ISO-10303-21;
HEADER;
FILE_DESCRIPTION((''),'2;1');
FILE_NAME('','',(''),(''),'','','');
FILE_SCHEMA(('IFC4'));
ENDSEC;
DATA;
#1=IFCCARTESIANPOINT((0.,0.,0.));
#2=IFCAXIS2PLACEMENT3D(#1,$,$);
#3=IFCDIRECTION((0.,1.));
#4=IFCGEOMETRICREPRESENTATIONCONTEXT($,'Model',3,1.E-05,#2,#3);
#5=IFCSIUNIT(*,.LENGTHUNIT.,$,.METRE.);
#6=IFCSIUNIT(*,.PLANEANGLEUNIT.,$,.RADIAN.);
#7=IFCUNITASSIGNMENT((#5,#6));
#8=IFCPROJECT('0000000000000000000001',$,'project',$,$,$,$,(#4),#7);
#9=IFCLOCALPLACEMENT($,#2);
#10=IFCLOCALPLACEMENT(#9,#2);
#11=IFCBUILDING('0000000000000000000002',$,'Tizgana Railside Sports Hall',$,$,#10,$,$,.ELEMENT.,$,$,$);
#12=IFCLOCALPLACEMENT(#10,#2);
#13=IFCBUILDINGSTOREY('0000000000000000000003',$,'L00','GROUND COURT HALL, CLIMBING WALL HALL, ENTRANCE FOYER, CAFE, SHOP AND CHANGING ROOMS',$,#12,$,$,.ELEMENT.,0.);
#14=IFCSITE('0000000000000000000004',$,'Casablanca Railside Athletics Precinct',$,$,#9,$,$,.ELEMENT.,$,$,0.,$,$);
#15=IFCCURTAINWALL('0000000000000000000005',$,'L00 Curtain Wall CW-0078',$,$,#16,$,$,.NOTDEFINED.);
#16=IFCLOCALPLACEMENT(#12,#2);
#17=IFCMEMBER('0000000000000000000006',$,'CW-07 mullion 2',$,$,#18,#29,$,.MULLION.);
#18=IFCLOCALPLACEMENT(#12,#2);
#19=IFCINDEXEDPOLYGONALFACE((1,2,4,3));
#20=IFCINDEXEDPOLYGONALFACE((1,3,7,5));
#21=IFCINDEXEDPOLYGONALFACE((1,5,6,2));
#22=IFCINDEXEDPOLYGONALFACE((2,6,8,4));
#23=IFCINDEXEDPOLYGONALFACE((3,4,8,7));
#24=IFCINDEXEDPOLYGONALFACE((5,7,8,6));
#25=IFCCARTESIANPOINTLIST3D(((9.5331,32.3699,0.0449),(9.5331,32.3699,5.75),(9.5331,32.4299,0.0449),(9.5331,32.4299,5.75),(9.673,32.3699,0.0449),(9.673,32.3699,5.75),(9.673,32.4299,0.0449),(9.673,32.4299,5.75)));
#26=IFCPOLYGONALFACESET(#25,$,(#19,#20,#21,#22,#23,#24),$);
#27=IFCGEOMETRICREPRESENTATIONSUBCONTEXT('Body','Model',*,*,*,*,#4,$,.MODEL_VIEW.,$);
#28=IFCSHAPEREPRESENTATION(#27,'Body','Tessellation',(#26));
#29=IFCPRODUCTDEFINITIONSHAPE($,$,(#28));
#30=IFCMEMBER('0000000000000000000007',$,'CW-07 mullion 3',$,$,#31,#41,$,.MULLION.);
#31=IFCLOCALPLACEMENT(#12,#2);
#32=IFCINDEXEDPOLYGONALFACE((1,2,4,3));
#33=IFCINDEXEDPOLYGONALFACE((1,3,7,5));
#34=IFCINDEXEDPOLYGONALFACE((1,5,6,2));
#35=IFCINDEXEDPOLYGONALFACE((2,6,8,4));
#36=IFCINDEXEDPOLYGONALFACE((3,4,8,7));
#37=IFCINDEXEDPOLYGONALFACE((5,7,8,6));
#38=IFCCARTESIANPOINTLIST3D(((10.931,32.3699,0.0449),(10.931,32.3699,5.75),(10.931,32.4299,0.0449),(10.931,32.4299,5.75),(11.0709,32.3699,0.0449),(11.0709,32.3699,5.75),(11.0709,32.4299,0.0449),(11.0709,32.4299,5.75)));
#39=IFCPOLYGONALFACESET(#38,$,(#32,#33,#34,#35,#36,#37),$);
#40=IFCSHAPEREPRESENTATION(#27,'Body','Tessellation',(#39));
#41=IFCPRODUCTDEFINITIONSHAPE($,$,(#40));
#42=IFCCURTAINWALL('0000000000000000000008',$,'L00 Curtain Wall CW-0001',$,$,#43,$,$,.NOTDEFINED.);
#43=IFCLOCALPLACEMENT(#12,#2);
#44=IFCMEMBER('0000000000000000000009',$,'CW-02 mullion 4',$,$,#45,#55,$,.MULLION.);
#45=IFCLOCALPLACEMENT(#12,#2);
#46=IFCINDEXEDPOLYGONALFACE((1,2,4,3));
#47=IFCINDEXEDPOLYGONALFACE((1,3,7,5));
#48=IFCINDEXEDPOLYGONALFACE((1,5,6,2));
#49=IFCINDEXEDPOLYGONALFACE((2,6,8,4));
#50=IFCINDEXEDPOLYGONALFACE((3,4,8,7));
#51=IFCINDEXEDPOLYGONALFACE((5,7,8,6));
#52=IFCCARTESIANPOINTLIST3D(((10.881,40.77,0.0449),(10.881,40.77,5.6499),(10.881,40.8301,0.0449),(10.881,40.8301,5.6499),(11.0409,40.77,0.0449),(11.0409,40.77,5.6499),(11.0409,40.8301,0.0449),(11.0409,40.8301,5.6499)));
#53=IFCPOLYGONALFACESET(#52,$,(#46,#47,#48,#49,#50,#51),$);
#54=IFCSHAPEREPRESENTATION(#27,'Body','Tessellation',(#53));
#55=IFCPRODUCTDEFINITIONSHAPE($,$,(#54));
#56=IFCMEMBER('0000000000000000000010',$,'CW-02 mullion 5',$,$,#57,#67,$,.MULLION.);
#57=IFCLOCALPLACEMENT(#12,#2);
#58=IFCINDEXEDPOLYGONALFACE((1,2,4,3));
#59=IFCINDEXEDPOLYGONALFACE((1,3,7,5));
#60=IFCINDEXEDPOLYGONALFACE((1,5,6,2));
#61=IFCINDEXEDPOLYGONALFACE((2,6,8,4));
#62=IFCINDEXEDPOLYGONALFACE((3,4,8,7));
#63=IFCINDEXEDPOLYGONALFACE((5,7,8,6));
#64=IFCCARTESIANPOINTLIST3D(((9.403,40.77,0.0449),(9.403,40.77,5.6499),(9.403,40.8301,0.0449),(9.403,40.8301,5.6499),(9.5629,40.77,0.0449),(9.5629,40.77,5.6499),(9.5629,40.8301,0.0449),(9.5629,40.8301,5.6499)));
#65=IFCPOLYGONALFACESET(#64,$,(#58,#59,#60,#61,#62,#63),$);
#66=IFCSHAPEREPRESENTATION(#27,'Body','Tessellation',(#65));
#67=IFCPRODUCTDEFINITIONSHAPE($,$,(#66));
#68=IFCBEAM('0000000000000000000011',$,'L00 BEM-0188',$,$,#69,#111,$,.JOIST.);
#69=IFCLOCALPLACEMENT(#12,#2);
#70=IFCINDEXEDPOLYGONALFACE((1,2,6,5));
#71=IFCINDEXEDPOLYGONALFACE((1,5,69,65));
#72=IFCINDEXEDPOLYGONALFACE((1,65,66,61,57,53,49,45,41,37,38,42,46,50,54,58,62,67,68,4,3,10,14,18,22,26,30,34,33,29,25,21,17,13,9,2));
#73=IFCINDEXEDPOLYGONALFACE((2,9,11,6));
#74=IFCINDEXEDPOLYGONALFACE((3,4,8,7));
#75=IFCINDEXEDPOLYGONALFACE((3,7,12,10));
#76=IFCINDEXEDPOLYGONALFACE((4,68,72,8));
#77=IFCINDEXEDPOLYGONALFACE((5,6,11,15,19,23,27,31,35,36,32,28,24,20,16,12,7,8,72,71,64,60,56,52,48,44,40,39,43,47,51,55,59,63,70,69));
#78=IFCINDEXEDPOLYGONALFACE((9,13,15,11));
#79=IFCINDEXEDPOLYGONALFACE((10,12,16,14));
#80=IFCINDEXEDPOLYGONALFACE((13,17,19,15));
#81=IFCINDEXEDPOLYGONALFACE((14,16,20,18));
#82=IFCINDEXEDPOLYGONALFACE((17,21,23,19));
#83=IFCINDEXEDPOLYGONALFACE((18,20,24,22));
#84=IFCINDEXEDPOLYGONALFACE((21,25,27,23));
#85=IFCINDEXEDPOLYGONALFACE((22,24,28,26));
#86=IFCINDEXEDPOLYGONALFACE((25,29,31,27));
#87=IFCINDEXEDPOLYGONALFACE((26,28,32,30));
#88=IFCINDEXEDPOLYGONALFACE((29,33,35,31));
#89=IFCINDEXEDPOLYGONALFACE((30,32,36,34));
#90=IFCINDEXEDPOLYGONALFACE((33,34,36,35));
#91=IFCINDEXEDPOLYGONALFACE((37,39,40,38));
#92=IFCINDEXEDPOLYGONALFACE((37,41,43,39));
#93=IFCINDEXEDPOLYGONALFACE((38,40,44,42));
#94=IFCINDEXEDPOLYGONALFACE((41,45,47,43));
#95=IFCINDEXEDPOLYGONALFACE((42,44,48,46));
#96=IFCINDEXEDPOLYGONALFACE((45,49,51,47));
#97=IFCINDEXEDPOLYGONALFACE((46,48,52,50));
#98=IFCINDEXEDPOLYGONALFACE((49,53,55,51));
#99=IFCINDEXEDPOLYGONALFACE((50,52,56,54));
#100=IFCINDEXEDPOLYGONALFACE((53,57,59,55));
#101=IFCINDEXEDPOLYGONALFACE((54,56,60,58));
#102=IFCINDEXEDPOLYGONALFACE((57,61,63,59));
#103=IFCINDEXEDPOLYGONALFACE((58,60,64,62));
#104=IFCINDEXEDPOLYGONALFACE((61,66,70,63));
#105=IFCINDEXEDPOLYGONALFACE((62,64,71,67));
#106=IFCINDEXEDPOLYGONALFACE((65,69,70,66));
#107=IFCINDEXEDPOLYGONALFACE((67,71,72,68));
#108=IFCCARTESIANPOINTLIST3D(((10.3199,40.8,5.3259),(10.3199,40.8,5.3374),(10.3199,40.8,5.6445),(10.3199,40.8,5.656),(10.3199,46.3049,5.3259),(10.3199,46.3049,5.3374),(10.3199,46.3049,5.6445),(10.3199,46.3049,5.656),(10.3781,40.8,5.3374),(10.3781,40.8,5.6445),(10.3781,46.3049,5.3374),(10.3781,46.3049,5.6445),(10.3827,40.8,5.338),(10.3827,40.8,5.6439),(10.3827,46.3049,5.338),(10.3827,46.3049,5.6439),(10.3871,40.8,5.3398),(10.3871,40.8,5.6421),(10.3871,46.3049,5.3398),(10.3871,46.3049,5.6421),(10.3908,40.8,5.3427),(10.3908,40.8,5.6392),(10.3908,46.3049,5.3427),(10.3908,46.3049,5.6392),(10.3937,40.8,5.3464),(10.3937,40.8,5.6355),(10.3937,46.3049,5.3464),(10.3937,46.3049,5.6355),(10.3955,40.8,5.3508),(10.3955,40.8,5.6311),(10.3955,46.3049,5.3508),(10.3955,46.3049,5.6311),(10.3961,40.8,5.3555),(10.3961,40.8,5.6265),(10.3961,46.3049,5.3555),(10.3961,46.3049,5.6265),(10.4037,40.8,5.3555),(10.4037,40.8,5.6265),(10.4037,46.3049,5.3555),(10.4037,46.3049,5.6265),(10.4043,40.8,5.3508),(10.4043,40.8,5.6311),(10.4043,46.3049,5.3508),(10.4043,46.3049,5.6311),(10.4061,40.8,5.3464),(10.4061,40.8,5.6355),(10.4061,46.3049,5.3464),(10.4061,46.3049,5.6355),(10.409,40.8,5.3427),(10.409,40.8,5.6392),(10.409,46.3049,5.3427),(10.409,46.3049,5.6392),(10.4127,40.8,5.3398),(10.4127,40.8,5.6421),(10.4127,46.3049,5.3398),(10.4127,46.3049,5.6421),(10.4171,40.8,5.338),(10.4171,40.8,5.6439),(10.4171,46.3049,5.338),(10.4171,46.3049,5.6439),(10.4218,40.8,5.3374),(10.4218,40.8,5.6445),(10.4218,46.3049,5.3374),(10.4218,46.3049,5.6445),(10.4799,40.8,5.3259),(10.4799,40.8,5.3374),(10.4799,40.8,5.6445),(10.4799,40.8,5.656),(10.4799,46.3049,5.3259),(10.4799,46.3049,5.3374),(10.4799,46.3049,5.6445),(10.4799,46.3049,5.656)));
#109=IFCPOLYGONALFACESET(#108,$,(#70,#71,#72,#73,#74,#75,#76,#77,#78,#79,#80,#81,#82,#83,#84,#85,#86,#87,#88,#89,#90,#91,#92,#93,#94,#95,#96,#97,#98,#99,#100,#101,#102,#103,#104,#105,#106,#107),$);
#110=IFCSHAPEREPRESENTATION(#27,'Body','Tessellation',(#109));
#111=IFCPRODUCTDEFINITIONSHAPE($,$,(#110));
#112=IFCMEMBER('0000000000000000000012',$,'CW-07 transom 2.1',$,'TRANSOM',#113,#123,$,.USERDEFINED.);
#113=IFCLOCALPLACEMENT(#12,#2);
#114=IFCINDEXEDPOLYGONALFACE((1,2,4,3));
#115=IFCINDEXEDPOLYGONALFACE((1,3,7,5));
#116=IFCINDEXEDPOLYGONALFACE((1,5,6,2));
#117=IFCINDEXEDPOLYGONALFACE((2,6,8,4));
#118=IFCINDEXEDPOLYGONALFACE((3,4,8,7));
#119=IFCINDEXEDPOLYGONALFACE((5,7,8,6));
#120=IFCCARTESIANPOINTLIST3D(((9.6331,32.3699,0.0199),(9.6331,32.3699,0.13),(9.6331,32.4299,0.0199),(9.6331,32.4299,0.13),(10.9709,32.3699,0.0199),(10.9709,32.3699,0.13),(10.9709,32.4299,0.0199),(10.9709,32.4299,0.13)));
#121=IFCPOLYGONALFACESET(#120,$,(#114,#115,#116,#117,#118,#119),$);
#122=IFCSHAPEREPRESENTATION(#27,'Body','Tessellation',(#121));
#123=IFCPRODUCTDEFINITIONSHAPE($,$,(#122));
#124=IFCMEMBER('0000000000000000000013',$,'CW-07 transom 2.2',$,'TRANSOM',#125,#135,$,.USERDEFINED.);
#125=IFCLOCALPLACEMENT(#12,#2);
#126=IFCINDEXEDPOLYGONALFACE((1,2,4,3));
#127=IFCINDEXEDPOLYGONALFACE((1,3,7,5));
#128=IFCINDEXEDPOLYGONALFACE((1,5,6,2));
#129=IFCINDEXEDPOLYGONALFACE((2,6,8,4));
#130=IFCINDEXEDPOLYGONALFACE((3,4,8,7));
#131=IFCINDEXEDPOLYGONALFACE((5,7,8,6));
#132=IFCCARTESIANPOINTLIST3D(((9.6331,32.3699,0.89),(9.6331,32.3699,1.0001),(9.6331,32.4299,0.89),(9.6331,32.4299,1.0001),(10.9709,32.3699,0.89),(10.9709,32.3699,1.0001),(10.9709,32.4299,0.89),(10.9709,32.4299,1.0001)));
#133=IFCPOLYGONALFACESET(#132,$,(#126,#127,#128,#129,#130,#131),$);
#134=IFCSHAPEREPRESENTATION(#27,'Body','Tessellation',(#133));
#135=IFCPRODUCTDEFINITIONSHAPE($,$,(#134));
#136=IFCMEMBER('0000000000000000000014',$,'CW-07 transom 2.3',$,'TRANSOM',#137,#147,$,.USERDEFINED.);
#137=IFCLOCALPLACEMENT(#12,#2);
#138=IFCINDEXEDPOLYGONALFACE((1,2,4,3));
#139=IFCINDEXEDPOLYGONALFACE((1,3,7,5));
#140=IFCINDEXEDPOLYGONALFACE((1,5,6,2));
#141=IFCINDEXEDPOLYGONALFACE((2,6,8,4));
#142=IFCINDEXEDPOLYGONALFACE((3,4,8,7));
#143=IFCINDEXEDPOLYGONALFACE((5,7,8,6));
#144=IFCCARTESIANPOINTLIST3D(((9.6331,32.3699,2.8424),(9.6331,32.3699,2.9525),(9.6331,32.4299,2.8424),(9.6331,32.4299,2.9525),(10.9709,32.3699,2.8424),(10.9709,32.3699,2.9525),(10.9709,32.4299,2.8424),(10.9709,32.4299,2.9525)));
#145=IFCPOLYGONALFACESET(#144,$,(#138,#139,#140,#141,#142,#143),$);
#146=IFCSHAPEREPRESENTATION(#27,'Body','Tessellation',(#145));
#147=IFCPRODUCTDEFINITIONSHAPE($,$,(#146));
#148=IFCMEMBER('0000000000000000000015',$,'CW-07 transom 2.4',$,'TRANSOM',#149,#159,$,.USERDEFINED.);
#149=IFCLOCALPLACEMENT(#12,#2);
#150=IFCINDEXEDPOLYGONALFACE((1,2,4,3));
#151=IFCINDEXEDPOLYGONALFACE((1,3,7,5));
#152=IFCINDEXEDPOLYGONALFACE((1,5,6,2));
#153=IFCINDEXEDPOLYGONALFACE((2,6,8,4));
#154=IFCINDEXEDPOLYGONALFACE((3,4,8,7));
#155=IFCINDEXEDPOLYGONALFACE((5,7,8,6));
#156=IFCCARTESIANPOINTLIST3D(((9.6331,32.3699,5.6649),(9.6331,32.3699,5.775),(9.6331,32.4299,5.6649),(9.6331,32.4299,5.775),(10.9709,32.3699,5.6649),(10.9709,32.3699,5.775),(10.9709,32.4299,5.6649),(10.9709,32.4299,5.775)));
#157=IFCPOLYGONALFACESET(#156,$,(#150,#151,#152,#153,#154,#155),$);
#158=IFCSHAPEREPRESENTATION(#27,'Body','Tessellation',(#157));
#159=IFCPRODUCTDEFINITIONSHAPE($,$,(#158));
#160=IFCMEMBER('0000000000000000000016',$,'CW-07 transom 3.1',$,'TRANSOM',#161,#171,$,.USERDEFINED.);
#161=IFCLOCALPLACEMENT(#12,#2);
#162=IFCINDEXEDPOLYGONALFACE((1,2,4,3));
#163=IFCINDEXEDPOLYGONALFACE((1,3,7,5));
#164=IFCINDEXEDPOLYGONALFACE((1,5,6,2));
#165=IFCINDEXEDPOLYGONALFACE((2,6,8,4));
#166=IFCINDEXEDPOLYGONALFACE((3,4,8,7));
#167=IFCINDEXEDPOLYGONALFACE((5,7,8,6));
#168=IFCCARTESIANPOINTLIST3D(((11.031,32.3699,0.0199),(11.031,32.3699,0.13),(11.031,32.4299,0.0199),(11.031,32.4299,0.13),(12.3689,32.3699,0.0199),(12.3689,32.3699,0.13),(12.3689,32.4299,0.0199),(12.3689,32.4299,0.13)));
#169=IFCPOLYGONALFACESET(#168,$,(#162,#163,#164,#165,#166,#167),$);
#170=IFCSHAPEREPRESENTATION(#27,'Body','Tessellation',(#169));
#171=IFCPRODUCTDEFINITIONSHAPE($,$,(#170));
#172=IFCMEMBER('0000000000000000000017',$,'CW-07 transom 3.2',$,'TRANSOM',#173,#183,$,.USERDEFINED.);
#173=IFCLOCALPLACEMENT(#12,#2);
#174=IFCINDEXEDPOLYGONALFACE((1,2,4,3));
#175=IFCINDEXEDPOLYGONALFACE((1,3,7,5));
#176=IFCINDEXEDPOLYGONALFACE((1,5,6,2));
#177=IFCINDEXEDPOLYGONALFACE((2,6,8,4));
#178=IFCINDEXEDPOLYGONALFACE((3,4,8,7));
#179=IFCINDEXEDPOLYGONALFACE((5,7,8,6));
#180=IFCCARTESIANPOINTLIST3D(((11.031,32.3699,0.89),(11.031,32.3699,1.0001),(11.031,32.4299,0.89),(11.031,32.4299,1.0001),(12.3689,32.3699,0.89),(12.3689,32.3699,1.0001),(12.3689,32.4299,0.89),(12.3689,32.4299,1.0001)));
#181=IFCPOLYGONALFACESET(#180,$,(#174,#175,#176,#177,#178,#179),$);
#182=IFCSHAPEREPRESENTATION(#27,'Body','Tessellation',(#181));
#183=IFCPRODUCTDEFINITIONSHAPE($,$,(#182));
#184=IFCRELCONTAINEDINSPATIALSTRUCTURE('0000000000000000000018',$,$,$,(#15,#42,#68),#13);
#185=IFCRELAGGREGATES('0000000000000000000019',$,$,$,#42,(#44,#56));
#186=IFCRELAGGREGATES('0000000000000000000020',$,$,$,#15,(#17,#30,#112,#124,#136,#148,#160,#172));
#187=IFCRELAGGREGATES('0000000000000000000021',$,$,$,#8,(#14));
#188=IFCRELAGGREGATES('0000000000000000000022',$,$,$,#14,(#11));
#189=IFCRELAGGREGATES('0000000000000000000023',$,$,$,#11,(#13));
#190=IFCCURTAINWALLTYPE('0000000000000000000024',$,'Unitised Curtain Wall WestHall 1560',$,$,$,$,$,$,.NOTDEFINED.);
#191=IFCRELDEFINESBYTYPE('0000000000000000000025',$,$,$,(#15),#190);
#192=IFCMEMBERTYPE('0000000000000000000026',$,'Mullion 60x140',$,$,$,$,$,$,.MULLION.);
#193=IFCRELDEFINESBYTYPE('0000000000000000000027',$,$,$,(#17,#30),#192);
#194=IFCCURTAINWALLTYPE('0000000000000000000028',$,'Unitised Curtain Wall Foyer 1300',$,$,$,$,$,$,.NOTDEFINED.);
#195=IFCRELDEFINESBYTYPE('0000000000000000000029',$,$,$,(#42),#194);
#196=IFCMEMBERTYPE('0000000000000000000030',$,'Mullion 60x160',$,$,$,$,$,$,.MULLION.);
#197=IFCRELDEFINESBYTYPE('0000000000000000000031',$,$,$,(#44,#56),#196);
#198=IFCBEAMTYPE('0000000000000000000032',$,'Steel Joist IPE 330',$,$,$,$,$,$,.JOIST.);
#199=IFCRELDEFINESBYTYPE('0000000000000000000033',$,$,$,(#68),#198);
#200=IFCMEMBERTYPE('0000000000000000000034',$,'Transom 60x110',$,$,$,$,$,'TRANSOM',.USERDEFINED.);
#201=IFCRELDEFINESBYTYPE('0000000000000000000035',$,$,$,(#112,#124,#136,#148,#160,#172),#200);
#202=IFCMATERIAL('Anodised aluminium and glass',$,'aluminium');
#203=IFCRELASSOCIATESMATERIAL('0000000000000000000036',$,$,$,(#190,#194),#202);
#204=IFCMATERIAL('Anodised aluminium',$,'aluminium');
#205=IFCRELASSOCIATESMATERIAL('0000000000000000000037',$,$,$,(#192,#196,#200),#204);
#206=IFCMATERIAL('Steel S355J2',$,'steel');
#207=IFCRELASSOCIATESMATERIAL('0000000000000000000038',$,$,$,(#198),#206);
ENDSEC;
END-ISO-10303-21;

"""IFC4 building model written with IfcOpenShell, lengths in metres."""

from ifc_helpers import new_model, si_unit, direction, frame, origin, origin_2d, place, context, subcontext, project, spatial, rectangle, i_section, extrude, material, material_profile, profile_set, type_object, element, aggregate, save


model = new_model("IFC4")

# Units and contexts
model_context = context("Model", 3, precision=1e-05, world=origin(), true_north=direction((0.0, 1.0)))
body_context = subcontext(model_context, "Body", "Model", "MODEL_VIEW")
ifc_project = project(units=[si_unit("LENGTHUNIT", "METRE"), si_unit("PLANEANGLEUNIT", "RADIAN")], contexts=[model_context])

# Site, building, storey
site_placement = place(None, origin())
site = spatial("IfcSite", under=ifc_project, at=site_placement, Name="Casablanca Railside Athletics Precinct", CompositionType="ELEMENT", RefElevation=0.0)
building_placement = place(site_placement, origin())
building = spatial("IfcBuilding", under=site, at=building_placement, Name="Tizgana Railside Sports Hall", CompositionType="ELEMENT")
storey_placement = place(building_placement, origin())
storey = spatial("IfcBuildingStorey", under=building, at=storey_placement, Name="L00", Description="GROUND COURT HALL, CLIMBING WALL HALL, ENTRANCE FOYER, CAFE, SHOP AND CHANGING ROOMS", CompositionType="ELEMENT", Elevation=0.0)

# Curtain walls, members
ifc_material_1 = material(Name="Anodised aluminium and glass", Category="aluminium")
curtain_wall_type_1 = type_object("IfcCurtainWallType", Name="Unitised Curtain Wall WestHall 1560", PredefinedType="NOTDEFINED", material=ifc_material_1)
curtain_wall_1_placement = place(storey_placement, origin())
curtain_wall_1 = element("IfcCurtainWall", 1, at=curtain_wall_1_placement, inside=storey, type_object=curtain_wall_type_1, Name="L00 Curtain Wall CW-0078", PredefinedType="NOTDEFINED")
ifc_material_2 = material(Name="Anodised aluminium", Category="aluminium")
ifc_material_profile_1 = material_profile(ifc_material_2, rectangle(XDim=0.0601, YDim=0.1399, at=origin_2d()), Name="Mullion 60x140")
ifc_profile_set_1 = profile_set([ifc_material_profile_1], Name="Anodised aluminium")
member_type_1 = type_object("IfcMemberType", Name="Mullion 60x140", PredefinedType="MULLION", material=ifc_profile_set_1)
member_1_placement = place(storey_placement, frame((9.603, 32.3999, 0.0449), z_axis=(0.0, 0.0, 1.0), x_axis=(0.0, 1.0, 0.0)))
member_1 = element("IfcMember", 2, at=member_1_placement, type_object=member_type_1, Name="CW-07 mullion 2", PredefinedType="MULLION", context=body_context, shape_type="SweptSolid", body=[
    extrude(rectangle(XDim=0.0601, YDim=0.1399, at=origin_2d()), origin(), (0.0, 0.0, 1.0), 5.7051),
])
member_2_placement = place(storey_placement, frame((11.001, 32.3999, 0.0449), z_axis=(0.0, 0.0, 1.0), x_axis=(0.0, 1.0, 0.0)))
member_2 = element("IfcMember", 3, at=member_2_placement, type_object=member_type_1, Name="CW-07 mullion 3", PredefinedType="MULLION", context=body_context, shape_type="SweptSolid", body=[
    extrude(rectangle(XDim=0.0601, YDim=0.1399, at=origin_2d()), origin(), (0.0, 0.0, 1.0), 5.7051),
])
curtain_wall_type_2 = type_object("IfcCurtainWallType", Name="Unitised Curtain Wall Foyer 1300", PredefinedType="NOTDEFINED", material=ifc_material_1)
curtain_wall_2_placement = place(storey_placement, origin())
curtain_wall_2 = element("IfcCurtainWall", 4, at=curtain_wall_2_placement, inside=storey, type_object=curtain_wall_type_2, Name="L00 Curtain Wall CW-0001", PredefinedType="NOTDEFINED")
ifc_material_profile_2 = material_profile(ifc_material_2, rectangle(XDim=0.0601, YDim=0.1599, at=origin_2d()), Name="Mullion 60x160")
ifc_profile_set_2 = profile_set([ifc_material_profile_2], Name="Anodised aluminium")
member_type_2 = type_object("IfcMemberType", Name="Mullion 60x160", PredefinedType="MULLION", material=ifc_profile_set_2)
member_3_placement = place(storey_placement, frame((10.9609, 40.8, 0.0449), z_axis=(0.0, 0.0, 1.0), x_axis=(0.0, -1.0, 0.0)))
member_3 = element("IfcMember", 5, at=member_3_placement, type_object=member_type_2, Name="CW-02 mullion 4", PredefinedType="MULLION", context=body_context, shape_type="SweptSolid", body=[
    extrude(rectangle(XDim=0.0601, YDim=0.1599, at=origin_2d()), origin(), (0.0, 0.0, 1.0), 5.605),
])
member_4_placement = place(storey_placement, frame((9.4829, 40.8, 0.0449), z_axis=(0.0, 0.0, 1.0), x_axis=(0.0, -1.0, 0.0)))
member_4 = element("IfcMember", 6, at=member_4_placement, type_object=member_type_2, Name="CW-02 mullion 5", PredefinedType="MULLION", context=body_context, shape_type="SweptSolid", body=[
    extrude(rectangle(XDim=0.0601, YDim=0.1599, at=origin_2d()), origin(), (0.0, 0.0, 1.0), 5.605),
])

# Beam
ifc_material_3 = material(Name="Steel S355J2", Category="steel")
ifc_material_profile_3 = material_profile(ifc_material_3, i_section(OverallWidth=0.1599, OverallDepth=0.3301, WebThickness=0.0076, FlangeThickness=0.0115, FilletRadius=0.0181, at=origin_2d()), Name="IPE 330")
ifc_profile_set_3 = profile_set([ifc_material_profile_3], Name="Steel S355J2")
beam_type = type_object("IfcBeamType", Name="Steel Joist IPE 330", PredefinedType="JOIST", material=ifc_profile_set_3)
beam_placement = place(storey_placement, frame((10.3999, 40.8, 5.491), z_axis=(0.0, 1.0, 0.0), x_axis=(-1.0, 0.0, 0.0)))
element("IfcBeam", 7, at=beam_placement, inside=storey, type_object=beam_type, Name="L00 BEM-0188", PredefinedType="JOIST", context=body_context, shape_type="SweptSolid", body=[
    extrude(i_section(OverallWidth=0.1599, OverallDepth=0.3301, WebThickness=0.0076, FlangeThickness=0.0115, FilletRadius=0.0181, at=origin_2d()), origin(), (0.0, 0.0, 1.0), 5.5049),
])

# Members
ifc_material_profile_4 = material_profile(ifc_material_2, rectangle(XDim=0.0601, YDim=0.1101, at=origin_2d()), Name="Transom 60x110")
ifc_profile_set_4 = profile_set([ifc_material_profile_4], Name="Anodised aluminium")
member_type_3 = type_object("IfcMemberType", Name="Transom 60x110", ElementType="TRANSOM", PredefinedType="USERDEFINED", material=ifc_profile_set_4)
member_5_placement = place(storey_placement, frame((9.6331, 32.3999, 0.075), z_axis=(1.0, 0.0, 0.0), x_axis=(0.0, 1.0, 0.0)))
member_5 = element("IfcMember", 8, at=member_5_placement, type_object=member_type_3, Name="CW-07 transom 2.1", ObjectType="TRANSOM", PredefinedType="USERDEFINED", context=body_context, shape_type="SweptSolid", body=[
    extrude(rectangle(XDim=0.0601, YDim=0.1101, at=origin_2d()), origin(), (0.0, 0.0, 1.0), 1.3379),
])
member_6_placement = place(storey_placement, frame((9.6331, 32.3999, 0.9451), z_axis=(1.0, 0.0, 0.0), x_axis=(0.0, 1.0, 0.0)))
member_6 = element("IfcMember", 9, at=member_6_placement, type_object=member_type_3, Name="CW-07 transom 2.2", ObjectType="TRANSOM", PredefinedType="USERDEFINED", context=body_context, shape_type="SweptSolid", body=[
    extrude(rectangle(XDim=0.0601, YDim=0.1101, at=origin_2d()), origin(), (0.0, 0.0, 1.0), 1.3379),
])
member_7_placement = place(storey_placement, frame((9.6331, 32.3999, 2.8975), z_axis=(1.0, 0.0, 0.0), x_axis=(0.0, 1.0, 0.0)))
member_7 = element("IfcMember", 10, at=member_7_placement, type_object=member_type_3, Name="CW-07 transom 2.3", ObjectType="TRANSOM", PredefinedType="USERDEFINED", context=body_context, shape_type="SweptSolid", body=[
    extrude(rectangle(XDim=0.0601, YDim=0.1101, at=origin_2d()), origin(), (0.0, 0.0, 1.0), 1.3379),
])
member_8_placement = place(storey_placement, frame((9.6331, 32.3999, 5.72), z_axis=(1.0, 0.0, 0.0), x_axis=(0.0, 1.0, 0.0)))
member_8 = element("IfcMember", 11, at=member_8_placement, type_object=member_type_3, Name="CW-07 transom 2.4", ObjectType="TRANSOM", PredefinedType="USERDEFINED", context=body_context, shape_type="SweptSolid", body=[
    extrude(rectangle(XDim=0.0601, YDim=0.1101, at=origin_2d()), origin(), (0.0, 0.0, 1.0), 1.3379),
])
member_9_placement = place(storey_placement, frame((11.031, 32.3999, 0.075), z_axis=(1.0, 0.0, 0.0), x_axis=(0.0, 1.0, 0.0)))
member_9 = element("IfcMember", 12, at=member_9_placement, type_object=member_type_3, Name="CW-07 transom 3.1", ObjectType="TRANSOM", PredefinedType="USERDEFINED", context=body_context, shape_type="SweptSolid", body=[
    extrude(rectangle(XDim=0.0601, YDim=0.1101, at=origin_2d()), origin(), (0.0, 0.0, 1.0), 1.3379),
])
member_10_placement = place(storey_placement, frame((11.031, 32.3999, 0.9451), z_axis=(1.0, 0.0, 0.0), x_axis=(0.0, 1.0, 0.0)))
member_10 = element("IfcMember", 13, at=member_10_placement, type_object=member_type_3, Name="CW-07 transom 3.2", ObjectType="TRANSOM", PredefinedType="USERDEFINED", context=body_context, shape_type="SweptSolid", body=[
    extrude(rectangle(XDim=0.0601, YDim=0.1101, at=origin_2d()), origin(), (0.0, 0.0, 1.0), 1.3379),
])

aggregate(curtain_wall_2, [member_3, member_4])
aggregate(curtain_wall_1, [member_1, member_2, member_5, member_6, member_7, member_8, member_9, member_10])

save(model, "model.ifc")
